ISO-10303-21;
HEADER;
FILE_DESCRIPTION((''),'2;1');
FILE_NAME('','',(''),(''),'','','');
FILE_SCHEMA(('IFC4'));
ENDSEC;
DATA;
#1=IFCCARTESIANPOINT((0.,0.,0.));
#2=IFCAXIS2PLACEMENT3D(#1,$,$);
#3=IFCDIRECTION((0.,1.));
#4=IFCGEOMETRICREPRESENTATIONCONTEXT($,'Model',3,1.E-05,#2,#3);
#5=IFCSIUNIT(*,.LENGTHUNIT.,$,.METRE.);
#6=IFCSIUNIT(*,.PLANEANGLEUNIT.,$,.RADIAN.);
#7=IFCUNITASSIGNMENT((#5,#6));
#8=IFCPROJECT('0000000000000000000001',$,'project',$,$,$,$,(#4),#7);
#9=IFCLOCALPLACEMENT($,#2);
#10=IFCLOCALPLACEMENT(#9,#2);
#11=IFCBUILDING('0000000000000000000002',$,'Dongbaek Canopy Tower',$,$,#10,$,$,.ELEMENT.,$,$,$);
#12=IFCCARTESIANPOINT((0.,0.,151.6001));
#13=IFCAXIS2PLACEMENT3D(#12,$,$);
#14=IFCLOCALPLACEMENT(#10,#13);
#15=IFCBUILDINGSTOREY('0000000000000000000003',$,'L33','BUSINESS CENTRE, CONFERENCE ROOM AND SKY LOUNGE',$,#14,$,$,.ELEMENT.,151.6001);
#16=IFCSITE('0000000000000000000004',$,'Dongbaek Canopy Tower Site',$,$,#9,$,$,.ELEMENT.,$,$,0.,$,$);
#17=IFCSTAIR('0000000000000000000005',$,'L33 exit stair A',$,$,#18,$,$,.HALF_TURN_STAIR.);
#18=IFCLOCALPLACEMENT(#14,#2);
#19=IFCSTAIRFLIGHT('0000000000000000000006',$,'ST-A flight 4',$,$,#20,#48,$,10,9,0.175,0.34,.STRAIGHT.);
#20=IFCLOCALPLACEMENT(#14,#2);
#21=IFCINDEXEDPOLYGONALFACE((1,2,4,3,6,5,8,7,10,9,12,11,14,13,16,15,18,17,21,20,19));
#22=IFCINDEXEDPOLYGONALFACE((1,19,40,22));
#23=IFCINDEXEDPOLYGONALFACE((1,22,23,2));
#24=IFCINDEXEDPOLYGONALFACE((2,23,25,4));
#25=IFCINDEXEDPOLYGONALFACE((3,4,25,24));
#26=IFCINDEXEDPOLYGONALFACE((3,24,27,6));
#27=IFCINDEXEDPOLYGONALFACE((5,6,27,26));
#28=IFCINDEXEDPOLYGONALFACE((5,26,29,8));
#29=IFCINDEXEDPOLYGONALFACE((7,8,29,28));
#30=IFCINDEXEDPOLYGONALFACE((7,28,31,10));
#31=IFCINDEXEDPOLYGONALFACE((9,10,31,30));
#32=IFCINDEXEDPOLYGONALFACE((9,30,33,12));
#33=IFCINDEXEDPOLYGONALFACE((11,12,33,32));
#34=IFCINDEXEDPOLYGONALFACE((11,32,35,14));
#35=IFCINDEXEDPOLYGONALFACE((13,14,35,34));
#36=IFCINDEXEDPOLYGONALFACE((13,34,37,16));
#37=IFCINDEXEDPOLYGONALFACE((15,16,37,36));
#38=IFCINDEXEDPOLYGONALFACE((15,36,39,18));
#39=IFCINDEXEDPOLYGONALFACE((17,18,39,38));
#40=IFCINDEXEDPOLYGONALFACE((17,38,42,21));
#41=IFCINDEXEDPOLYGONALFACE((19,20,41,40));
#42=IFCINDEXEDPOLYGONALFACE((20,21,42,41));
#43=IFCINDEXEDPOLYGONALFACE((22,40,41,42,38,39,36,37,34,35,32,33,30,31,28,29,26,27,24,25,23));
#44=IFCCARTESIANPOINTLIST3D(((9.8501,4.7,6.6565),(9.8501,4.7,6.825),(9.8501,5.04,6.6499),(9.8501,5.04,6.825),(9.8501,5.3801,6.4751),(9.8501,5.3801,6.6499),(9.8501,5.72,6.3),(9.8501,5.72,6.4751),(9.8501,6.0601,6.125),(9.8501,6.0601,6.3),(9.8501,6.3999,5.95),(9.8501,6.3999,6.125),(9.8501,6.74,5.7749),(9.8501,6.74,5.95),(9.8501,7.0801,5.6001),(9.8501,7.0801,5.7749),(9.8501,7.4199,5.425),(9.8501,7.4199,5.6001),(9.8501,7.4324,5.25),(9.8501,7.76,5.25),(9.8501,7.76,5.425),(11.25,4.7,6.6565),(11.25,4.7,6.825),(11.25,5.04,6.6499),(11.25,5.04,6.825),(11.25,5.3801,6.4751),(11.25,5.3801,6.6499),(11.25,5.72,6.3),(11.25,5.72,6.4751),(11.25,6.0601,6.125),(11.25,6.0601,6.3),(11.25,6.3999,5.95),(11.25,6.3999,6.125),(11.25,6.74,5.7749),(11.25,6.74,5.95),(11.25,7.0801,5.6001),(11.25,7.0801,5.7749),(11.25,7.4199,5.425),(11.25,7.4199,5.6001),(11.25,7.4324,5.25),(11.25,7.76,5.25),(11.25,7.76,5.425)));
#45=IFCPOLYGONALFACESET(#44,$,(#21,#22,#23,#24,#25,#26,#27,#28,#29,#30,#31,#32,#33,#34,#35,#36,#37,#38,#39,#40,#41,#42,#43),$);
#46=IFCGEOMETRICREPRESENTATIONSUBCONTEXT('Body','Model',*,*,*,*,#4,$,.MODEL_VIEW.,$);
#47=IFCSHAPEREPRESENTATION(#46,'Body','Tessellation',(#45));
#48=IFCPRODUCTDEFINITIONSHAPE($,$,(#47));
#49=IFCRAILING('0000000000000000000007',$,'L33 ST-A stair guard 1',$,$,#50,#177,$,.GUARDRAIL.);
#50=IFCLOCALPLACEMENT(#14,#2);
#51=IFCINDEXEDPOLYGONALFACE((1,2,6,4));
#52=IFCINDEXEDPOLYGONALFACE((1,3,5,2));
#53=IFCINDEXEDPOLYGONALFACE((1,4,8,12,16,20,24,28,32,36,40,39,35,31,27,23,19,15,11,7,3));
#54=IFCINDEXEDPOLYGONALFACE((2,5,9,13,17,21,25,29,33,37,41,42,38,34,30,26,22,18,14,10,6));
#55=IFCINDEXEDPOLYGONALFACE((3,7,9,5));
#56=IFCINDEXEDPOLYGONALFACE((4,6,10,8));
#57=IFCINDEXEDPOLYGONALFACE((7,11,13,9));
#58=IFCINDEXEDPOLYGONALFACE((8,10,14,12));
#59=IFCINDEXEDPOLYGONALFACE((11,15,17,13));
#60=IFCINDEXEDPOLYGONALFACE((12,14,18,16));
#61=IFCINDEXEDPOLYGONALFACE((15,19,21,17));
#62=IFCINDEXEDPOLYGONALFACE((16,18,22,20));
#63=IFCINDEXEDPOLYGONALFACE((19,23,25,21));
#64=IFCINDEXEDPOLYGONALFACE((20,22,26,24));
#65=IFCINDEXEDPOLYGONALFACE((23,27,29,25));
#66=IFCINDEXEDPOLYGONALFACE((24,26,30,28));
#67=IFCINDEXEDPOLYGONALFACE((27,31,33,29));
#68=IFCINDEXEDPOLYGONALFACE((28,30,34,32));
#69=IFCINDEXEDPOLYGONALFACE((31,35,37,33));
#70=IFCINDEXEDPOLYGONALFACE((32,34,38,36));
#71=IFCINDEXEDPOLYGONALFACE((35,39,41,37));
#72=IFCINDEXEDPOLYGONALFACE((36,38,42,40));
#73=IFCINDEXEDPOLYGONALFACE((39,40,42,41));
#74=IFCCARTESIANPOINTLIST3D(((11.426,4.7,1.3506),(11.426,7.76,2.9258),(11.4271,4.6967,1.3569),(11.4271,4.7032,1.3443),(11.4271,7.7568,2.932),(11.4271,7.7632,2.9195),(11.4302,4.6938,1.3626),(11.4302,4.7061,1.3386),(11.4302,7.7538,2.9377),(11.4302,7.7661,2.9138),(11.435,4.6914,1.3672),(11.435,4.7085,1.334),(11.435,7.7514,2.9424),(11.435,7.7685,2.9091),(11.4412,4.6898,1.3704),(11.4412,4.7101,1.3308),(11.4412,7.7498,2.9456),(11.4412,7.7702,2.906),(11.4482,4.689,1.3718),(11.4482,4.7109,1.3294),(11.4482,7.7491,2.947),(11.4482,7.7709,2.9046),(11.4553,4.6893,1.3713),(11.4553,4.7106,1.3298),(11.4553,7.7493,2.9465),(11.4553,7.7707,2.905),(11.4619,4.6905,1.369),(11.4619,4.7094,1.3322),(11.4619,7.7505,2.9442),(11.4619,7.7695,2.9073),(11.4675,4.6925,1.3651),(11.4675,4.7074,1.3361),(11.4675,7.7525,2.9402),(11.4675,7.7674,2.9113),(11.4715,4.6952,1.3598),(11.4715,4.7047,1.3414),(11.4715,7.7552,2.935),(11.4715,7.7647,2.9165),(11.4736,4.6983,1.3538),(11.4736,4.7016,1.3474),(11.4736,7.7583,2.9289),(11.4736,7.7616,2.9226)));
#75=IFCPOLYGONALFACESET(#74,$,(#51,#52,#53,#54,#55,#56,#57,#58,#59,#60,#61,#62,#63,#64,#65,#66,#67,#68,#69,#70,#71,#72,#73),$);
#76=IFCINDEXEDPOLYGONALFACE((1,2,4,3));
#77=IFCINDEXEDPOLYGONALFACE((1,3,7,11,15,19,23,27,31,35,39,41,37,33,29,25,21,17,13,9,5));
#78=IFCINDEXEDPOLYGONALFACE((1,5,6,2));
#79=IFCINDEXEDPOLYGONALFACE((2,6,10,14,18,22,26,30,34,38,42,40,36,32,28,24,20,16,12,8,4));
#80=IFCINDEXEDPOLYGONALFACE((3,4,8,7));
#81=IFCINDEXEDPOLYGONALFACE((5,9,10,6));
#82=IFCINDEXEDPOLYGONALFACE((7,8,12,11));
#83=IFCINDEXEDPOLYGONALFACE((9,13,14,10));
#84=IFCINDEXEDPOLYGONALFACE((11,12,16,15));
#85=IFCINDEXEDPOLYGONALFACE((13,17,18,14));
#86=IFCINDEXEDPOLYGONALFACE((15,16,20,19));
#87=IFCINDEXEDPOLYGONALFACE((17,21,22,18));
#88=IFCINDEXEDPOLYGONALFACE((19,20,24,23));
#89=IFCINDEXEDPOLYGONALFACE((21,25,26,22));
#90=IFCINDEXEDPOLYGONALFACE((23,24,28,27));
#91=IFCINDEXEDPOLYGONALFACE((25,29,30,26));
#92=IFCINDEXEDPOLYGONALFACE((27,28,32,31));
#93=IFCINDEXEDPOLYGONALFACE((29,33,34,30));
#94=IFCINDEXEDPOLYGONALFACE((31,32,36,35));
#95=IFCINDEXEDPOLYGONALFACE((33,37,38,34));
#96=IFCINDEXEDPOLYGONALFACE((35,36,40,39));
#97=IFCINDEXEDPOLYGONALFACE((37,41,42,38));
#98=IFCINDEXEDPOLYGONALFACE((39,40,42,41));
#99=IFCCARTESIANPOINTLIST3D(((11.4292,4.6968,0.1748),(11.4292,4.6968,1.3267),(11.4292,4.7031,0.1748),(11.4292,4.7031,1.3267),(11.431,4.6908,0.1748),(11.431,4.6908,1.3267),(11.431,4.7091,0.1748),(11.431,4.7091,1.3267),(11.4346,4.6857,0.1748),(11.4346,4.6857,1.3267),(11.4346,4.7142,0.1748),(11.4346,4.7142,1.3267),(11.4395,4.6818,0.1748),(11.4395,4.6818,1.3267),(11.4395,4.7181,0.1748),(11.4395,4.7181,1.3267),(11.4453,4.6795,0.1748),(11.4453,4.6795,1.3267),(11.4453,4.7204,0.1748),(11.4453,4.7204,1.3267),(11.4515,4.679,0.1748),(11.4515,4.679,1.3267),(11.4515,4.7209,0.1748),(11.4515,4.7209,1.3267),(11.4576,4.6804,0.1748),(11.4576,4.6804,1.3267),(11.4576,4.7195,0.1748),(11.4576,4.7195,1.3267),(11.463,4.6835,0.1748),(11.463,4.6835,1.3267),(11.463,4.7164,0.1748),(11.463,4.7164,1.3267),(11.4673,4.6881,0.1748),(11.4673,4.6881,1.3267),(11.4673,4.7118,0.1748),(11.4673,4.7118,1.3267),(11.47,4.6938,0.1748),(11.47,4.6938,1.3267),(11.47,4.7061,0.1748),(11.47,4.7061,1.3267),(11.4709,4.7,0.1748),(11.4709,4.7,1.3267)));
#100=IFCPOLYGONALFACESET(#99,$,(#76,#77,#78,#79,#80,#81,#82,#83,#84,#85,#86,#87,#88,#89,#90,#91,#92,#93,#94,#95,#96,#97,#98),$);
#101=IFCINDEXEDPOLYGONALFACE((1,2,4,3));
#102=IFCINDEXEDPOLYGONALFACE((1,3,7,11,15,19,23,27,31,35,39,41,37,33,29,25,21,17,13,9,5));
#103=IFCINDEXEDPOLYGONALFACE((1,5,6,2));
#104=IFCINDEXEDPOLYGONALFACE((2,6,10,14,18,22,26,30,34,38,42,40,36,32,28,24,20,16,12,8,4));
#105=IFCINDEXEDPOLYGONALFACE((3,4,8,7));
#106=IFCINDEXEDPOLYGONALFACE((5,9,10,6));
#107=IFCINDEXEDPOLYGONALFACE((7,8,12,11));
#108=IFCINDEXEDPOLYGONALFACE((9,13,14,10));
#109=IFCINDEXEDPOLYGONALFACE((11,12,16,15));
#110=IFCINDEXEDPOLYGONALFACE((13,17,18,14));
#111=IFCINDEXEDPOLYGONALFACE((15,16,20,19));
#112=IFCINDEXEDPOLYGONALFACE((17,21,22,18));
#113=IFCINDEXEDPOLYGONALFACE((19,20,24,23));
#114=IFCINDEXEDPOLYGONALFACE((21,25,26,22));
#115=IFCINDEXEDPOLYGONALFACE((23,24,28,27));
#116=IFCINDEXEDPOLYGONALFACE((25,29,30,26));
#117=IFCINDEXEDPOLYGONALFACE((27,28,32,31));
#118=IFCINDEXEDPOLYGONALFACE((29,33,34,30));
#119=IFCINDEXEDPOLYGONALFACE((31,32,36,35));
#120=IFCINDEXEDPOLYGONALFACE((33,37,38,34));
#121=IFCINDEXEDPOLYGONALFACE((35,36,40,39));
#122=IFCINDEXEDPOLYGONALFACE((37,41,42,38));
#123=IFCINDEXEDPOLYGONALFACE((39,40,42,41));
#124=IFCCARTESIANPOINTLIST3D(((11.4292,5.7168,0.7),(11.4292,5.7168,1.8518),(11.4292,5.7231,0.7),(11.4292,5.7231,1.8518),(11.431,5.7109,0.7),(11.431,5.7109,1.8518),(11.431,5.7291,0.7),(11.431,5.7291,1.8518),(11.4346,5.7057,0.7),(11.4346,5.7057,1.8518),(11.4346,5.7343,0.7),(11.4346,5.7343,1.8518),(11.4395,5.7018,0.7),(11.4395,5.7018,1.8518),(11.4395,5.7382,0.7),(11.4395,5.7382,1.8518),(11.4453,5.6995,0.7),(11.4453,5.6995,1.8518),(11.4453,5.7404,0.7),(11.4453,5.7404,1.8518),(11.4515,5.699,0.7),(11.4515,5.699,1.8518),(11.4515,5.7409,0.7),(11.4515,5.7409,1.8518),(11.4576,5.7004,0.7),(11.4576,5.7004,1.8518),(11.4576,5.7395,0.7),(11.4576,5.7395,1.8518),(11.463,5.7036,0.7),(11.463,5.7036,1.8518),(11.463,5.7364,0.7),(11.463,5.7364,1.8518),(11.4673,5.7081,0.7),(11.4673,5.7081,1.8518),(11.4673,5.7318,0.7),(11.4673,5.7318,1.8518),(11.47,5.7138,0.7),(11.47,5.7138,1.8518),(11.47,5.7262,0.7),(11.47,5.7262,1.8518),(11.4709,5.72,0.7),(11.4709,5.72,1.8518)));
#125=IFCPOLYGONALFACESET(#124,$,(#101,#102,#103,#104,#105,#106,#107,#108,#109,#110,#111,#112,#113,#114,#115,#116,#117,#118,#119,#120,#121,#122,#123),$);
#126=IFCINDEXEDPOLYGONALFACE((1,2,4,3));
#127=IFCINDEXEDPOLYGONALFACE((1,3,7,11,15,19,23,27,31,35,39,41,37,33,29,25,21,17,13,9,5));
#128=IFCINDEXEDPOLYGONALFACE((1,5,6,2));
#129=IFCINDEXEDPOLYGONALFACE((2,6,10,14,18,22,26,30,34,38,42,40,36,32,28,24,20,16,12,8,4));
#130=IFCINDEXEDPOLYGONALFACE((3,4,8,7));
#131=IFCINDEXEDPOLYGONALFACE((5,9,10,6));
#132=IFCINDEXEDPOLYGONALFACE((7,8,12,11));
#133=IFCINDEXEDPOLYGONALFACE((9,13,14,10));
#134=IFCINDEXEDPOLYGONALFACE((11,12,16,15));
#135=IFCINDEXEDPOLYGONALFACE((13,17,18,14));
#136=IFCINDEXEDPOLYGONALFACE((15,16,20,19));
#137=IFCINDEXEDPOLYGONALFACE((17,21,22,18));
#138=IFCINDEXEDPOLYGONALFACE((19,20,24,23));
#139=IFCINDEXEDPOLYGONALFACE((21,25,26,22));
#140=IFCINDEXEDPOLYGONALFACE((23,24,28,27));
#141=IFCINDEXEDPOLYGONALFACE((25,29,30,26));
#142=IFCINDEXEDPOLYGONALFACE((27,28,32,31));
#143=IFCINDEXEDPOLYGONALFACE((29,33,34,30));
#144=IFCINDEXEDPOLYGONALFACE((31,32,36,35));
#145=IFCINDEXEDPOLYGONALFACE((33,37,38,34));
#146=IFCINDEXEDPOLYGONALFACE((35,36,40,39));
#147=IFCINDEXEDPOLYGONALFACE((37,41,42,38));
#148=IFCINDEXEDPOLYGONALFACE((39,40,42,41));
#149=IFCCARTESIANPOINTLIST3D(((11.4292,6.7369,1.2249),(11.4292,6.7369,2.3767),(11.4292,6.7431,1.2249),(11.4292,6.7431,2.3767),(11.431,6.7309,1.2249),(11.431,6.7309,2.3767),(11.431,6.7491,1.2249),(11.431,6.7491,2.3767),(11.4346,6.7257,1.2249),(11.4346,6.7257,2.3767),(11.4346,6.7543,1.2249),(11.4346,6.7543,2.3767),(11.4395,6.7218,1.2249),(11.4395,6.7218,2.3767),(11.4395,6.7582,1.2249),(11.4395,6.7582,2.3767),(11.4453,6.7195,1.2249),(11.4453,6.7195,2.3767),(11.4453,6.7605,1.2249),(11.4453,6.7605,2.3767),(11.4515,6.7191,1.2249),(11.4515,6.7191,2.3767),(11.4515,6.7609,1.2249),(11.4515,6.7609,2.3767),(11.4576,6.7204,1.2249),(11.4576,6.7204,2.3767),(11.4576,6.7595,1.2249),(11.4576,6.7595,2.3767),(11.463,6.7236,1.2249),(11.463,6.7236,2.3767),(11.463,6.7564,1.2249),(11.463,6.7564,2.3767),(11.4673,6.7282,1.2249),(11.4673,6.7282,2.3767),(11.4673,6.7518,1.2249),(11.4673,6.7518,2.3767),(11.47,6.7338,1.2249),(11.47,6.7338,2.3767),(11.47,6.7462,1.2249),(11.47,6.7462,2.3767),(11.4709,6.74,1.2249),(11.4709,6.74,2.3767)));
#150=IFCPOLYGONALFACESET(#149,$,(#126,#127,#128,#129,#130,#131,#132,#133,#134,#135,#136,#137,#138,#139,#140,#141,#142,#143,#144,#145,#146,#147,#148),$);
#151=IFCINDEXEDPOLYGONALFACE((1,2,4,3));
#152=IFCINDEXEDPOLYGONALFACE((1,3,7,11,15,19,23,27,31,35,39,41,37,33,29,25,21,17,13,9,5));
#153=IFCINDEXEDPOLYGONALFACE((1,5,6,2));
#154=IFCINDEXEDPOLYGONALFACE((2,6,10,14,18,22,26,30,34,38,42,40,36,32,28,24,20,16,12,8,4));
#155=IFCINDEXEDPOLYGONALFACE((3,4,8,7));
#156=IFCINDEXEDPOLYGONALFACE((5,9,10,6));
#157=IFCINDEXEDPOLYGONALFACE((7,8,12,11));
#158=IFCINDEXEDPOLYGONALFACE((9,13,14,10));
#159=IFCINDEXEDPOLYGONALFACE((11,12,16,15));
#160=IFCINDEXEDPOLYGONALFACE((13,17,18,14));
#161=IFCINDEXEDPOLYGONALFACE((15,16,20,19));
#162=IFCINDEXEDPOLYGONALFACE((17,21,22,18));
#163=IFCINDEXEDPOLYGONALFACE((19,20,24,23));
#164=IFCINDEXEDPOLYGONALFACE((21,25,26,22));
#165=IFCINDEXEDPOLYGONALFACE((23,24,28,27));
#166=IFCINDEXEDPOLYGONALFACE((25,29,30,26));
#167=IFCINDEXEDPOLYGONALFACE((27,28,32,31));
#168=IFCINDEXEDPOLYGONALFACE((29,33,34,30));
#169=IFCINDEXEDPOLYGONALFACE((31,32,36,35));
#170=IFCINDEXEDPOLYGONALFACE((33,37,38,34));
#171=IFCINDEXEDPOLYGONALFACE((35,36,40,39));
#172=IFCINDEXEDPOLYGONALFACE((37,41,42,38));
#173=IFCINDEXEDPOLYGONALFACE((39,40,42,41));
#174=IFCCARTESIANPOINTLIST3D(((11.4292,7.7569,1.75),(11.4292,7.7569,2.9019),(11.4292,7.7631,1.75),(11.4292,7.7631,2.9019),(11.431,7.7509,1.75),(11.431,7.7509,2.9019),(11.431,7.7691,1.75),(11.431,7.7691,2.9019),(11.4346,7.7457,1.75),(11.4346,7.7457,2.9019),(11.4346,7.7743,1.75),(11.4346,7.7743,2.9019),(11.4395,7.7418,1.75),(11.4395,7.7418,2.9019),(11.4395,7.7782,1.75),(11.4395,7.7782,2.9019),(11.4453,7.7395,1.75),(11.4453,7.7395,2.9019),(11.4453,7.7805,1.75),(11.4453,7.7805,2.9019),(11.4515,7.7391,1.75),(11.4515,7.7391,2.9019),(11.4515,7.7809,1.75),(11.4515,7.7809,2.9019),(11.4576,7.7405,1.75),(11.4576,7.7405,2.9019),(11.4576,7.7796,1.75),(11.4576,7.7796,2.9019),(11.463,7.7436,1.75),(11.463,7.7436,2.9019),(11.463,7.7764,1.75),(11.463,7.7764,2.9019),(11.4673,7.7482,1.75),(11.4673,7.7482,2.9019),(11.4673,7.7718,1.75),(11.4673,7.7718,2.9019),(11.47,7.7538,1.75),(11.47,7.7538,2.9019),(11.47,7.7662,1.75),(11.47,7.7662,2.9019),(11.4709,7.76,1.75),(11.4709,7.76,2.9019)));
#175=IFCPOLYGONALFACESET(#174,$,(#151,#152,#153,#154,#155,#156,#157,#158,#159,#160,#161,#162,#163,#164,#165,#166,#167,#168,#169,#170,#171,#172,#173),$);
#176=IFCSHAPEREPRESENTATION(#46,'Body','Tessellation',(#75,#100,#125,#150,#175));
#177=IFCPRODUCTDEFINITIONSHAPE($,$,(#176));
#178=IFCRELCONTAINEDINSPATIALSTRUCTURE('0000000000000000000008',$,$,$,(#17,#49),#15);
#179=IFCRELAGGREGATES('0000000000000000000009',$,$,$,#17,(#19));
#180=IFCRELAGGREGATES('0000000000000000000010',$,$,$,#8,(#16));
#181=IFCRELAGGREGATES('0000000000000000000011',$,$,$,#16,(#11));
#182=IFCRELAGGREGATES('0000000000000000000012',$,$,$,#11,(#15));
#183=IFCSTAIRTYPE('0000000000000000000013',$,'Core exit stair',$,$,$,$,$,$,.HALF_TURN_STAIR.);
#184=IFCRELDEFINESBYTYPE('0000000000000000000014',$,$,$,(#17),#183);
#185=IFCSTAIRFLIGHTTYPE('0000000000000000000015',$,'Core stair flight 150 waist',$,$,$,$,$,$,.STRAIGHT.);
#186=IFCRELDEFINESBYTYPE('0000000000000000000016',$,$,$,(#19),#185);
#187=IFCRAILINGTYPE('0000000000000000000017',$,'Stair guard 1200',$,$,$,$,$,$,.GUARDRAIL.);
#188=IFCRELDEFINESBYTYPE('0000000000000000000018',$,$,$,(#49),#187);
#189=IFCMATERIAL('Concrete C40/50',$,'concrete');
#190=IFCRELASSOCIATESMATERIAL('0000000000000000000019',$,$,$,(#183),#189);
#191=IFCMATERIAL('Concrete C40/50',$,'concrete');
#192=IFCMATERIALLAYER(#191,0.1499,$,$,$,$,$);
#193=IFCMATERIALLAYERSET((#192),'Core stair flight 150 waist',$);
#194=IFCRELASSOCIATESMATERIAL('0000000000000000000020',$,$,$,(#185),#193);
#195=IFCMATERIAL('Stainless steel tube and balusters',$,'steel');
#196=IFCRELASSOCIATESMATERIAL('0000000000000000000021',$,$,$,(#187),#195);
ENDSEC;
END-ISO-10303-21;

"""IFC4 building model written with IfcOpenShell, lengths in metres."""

from ifc_helpers import new_model, si_unit, direction, frame, origin, origin_2d, place, context, subcontext, project, spatial, polyline, circle, outline, extrude, material, layer, layer_set, type_object, element, aggregate, save


model = new_model("IFC4")

# Units and contexts
model_context = context("Model", 3, precision=1e-05, world=origin(), true_north=direction((0.0, 1.0)))
body_context = subcontext(model_context, "Body", "Model", "MODEL_VIEW")
ifc_project = project(units=[si_unit("LENGTHUNIT", "METRE"), si_unit("PLANEANGLEUNIT", "RADIAN")], contexts=[model_context])

# Site, building, storey
site_placement = place(None, origin())
site = spatial("IfcSite", under=ifc_project, at=site_placement, Name="Dongbaek Canopy Tower Site", CompositionType="ELEMENT", RefElevation=0.0)
building_placement = place(site_placement, origin())
building = spatial("IfcBuilding", under=site, at=building_placement, Name="Dongbaek Canopy Tower", CompositionType="ELEMENT")
storey_placement = place(building_placement, frame((0.0, 0.0, 151.6001)))
storey = spatial("IfcBuildingStorey", under=building, at=storey_placement, Name="L33", Description="BUSINESS CENTRE, CONFERENCE ROOM AND SKY LOUNGE", CompositionType="ELEMENT", Elevation=151.6001)

# Stair, stair flight
ifc_material_1 = material(Name="Concrete C40/50", Category="concrete")
stair_type = type_object("IfcStairType", Name="Core exit stair", PredefinedType="HALF_TURN_STAIR", material=ifc_material_1)
stair_placement = place(storey_placement, origin())
stair = element("IfcStair", 1, at=stair_placement, inside=storey, type_object=stair_type, Name="L33 exit stair A", PredefinedType="HALF_TURN_STAIR")
ifc_material_2 = material(Name="Concrete C40/50", Category="concrete")
ifc_layer_1 = layer(ifc_material_2, 0.1499)
ifc_layer_set_1 = layer_set([ifc_layer_1], Name="Core stair flight 150 waist")
stair_flight_type = type_object("IfcStairFlightType", Name="Core stair flight 150 waist", PredefinedType="STRAIGHT", material=ifc_layer_set_1)
stair_flight_1_placement = place(storey_placement, frame((10.55, 7.76, 5.25), z_axis=(0.0, 0.0, 1.0), x_axis=(0.0, -1.0, 0.0)))
stair_flight_1 = element("IfcStairFlight", 2, at=stair_flight_1_placement, type_object=stair_flight_type, Name="ST-A flight 4", NumberOfRisers=10, NumberOfTreads=9, PredefinedType="STRAIGHT", RiserHeight=0.175, TreadLength=0.34, context=body_context, shape_type="SweptSolid", body=[
    extrude(outline(polyline([(0.0, 0.0), (0.0, 0.175), (0.3401, 0.175), (0.3401, 0.3501), (0.6799, 0.3501), (0.6799, 0.5249), (1.02, 0.5249), (1.02, 0.7), (1.3601, 0.7), (1.3601, 0.875), (1.7, 0.875), (1.7, 1.05), (2.04, 1.05), (2.04, 1.2251), (2.3799, 1.2251), (2.3799, 1.3999), (2.72, 1.3999), (2.72, 1.575), (3.0601, 1.575), (3.0601, 1.75), (3.0601, 1.4065), (0.3276, 0.0), (0.0, 0.0)])), frame((0.0, 0.7, 0.0), z_axis=(0.0, -1.0, 0.0), x_axis=(1.0, 0.0, 0.0)), (0.0, 0.0, 1.0), 1.3999),
])
aggregate(stair, [stair_flight_1])

# Railing
ifc_material_3 = material(Name="Stainless steel tube and balusters", Category="steel")
railing_type_1 = type_object("IfcRailingType", Name="Stair guard 1200", PredefinedType="GUARDRAIL", material=ifc_material_3)
railing_1_placement = place(storey_placement, frame((11.45, 4.7, 0.1748)))
element("IfcRailing", 3, at=railing_1_placement, inside=storey, type_object=railing_type_1, Name="L33 ST-A stair guard 1", PredefinedType="GUARDRAIL", context=body_context, shape_type="SweptSolid", body=[
    extrude(circle(Radius=0.0239, at=origin_2d()), frame((0.0, 0.0, 1.1758), z_axis=(0.0, 0.889116, 0.457681), x_axis=(-1.0, 0.0, 0.0)), (0.0, 0.0, 1.0), 3.4417),
    extrude(circle(Radius=0.021, at=origin_2d()), origin(), (0.0, 0.0, 1.0), 1.1519),
    extrude(circle(Radius=0.021, at=origin_2d()), frame((0.0, 1.02, 0.5251)), (0.0, 0.0, 1.0), 1.1519),
    extrude(circle(Radius=0.021, at=origin_2d()), frame((0.0, 2.04, 1.05)), (0.0, 0.0, 1.0), 1.1519),
    extrude(circle(Radius=0.021, at=origin_2d()), frame((0.0, 3.0601, 1.5752)), (0.0, 0.0, 1.0), 1.1519),
])

save(model, "model.ifc")
